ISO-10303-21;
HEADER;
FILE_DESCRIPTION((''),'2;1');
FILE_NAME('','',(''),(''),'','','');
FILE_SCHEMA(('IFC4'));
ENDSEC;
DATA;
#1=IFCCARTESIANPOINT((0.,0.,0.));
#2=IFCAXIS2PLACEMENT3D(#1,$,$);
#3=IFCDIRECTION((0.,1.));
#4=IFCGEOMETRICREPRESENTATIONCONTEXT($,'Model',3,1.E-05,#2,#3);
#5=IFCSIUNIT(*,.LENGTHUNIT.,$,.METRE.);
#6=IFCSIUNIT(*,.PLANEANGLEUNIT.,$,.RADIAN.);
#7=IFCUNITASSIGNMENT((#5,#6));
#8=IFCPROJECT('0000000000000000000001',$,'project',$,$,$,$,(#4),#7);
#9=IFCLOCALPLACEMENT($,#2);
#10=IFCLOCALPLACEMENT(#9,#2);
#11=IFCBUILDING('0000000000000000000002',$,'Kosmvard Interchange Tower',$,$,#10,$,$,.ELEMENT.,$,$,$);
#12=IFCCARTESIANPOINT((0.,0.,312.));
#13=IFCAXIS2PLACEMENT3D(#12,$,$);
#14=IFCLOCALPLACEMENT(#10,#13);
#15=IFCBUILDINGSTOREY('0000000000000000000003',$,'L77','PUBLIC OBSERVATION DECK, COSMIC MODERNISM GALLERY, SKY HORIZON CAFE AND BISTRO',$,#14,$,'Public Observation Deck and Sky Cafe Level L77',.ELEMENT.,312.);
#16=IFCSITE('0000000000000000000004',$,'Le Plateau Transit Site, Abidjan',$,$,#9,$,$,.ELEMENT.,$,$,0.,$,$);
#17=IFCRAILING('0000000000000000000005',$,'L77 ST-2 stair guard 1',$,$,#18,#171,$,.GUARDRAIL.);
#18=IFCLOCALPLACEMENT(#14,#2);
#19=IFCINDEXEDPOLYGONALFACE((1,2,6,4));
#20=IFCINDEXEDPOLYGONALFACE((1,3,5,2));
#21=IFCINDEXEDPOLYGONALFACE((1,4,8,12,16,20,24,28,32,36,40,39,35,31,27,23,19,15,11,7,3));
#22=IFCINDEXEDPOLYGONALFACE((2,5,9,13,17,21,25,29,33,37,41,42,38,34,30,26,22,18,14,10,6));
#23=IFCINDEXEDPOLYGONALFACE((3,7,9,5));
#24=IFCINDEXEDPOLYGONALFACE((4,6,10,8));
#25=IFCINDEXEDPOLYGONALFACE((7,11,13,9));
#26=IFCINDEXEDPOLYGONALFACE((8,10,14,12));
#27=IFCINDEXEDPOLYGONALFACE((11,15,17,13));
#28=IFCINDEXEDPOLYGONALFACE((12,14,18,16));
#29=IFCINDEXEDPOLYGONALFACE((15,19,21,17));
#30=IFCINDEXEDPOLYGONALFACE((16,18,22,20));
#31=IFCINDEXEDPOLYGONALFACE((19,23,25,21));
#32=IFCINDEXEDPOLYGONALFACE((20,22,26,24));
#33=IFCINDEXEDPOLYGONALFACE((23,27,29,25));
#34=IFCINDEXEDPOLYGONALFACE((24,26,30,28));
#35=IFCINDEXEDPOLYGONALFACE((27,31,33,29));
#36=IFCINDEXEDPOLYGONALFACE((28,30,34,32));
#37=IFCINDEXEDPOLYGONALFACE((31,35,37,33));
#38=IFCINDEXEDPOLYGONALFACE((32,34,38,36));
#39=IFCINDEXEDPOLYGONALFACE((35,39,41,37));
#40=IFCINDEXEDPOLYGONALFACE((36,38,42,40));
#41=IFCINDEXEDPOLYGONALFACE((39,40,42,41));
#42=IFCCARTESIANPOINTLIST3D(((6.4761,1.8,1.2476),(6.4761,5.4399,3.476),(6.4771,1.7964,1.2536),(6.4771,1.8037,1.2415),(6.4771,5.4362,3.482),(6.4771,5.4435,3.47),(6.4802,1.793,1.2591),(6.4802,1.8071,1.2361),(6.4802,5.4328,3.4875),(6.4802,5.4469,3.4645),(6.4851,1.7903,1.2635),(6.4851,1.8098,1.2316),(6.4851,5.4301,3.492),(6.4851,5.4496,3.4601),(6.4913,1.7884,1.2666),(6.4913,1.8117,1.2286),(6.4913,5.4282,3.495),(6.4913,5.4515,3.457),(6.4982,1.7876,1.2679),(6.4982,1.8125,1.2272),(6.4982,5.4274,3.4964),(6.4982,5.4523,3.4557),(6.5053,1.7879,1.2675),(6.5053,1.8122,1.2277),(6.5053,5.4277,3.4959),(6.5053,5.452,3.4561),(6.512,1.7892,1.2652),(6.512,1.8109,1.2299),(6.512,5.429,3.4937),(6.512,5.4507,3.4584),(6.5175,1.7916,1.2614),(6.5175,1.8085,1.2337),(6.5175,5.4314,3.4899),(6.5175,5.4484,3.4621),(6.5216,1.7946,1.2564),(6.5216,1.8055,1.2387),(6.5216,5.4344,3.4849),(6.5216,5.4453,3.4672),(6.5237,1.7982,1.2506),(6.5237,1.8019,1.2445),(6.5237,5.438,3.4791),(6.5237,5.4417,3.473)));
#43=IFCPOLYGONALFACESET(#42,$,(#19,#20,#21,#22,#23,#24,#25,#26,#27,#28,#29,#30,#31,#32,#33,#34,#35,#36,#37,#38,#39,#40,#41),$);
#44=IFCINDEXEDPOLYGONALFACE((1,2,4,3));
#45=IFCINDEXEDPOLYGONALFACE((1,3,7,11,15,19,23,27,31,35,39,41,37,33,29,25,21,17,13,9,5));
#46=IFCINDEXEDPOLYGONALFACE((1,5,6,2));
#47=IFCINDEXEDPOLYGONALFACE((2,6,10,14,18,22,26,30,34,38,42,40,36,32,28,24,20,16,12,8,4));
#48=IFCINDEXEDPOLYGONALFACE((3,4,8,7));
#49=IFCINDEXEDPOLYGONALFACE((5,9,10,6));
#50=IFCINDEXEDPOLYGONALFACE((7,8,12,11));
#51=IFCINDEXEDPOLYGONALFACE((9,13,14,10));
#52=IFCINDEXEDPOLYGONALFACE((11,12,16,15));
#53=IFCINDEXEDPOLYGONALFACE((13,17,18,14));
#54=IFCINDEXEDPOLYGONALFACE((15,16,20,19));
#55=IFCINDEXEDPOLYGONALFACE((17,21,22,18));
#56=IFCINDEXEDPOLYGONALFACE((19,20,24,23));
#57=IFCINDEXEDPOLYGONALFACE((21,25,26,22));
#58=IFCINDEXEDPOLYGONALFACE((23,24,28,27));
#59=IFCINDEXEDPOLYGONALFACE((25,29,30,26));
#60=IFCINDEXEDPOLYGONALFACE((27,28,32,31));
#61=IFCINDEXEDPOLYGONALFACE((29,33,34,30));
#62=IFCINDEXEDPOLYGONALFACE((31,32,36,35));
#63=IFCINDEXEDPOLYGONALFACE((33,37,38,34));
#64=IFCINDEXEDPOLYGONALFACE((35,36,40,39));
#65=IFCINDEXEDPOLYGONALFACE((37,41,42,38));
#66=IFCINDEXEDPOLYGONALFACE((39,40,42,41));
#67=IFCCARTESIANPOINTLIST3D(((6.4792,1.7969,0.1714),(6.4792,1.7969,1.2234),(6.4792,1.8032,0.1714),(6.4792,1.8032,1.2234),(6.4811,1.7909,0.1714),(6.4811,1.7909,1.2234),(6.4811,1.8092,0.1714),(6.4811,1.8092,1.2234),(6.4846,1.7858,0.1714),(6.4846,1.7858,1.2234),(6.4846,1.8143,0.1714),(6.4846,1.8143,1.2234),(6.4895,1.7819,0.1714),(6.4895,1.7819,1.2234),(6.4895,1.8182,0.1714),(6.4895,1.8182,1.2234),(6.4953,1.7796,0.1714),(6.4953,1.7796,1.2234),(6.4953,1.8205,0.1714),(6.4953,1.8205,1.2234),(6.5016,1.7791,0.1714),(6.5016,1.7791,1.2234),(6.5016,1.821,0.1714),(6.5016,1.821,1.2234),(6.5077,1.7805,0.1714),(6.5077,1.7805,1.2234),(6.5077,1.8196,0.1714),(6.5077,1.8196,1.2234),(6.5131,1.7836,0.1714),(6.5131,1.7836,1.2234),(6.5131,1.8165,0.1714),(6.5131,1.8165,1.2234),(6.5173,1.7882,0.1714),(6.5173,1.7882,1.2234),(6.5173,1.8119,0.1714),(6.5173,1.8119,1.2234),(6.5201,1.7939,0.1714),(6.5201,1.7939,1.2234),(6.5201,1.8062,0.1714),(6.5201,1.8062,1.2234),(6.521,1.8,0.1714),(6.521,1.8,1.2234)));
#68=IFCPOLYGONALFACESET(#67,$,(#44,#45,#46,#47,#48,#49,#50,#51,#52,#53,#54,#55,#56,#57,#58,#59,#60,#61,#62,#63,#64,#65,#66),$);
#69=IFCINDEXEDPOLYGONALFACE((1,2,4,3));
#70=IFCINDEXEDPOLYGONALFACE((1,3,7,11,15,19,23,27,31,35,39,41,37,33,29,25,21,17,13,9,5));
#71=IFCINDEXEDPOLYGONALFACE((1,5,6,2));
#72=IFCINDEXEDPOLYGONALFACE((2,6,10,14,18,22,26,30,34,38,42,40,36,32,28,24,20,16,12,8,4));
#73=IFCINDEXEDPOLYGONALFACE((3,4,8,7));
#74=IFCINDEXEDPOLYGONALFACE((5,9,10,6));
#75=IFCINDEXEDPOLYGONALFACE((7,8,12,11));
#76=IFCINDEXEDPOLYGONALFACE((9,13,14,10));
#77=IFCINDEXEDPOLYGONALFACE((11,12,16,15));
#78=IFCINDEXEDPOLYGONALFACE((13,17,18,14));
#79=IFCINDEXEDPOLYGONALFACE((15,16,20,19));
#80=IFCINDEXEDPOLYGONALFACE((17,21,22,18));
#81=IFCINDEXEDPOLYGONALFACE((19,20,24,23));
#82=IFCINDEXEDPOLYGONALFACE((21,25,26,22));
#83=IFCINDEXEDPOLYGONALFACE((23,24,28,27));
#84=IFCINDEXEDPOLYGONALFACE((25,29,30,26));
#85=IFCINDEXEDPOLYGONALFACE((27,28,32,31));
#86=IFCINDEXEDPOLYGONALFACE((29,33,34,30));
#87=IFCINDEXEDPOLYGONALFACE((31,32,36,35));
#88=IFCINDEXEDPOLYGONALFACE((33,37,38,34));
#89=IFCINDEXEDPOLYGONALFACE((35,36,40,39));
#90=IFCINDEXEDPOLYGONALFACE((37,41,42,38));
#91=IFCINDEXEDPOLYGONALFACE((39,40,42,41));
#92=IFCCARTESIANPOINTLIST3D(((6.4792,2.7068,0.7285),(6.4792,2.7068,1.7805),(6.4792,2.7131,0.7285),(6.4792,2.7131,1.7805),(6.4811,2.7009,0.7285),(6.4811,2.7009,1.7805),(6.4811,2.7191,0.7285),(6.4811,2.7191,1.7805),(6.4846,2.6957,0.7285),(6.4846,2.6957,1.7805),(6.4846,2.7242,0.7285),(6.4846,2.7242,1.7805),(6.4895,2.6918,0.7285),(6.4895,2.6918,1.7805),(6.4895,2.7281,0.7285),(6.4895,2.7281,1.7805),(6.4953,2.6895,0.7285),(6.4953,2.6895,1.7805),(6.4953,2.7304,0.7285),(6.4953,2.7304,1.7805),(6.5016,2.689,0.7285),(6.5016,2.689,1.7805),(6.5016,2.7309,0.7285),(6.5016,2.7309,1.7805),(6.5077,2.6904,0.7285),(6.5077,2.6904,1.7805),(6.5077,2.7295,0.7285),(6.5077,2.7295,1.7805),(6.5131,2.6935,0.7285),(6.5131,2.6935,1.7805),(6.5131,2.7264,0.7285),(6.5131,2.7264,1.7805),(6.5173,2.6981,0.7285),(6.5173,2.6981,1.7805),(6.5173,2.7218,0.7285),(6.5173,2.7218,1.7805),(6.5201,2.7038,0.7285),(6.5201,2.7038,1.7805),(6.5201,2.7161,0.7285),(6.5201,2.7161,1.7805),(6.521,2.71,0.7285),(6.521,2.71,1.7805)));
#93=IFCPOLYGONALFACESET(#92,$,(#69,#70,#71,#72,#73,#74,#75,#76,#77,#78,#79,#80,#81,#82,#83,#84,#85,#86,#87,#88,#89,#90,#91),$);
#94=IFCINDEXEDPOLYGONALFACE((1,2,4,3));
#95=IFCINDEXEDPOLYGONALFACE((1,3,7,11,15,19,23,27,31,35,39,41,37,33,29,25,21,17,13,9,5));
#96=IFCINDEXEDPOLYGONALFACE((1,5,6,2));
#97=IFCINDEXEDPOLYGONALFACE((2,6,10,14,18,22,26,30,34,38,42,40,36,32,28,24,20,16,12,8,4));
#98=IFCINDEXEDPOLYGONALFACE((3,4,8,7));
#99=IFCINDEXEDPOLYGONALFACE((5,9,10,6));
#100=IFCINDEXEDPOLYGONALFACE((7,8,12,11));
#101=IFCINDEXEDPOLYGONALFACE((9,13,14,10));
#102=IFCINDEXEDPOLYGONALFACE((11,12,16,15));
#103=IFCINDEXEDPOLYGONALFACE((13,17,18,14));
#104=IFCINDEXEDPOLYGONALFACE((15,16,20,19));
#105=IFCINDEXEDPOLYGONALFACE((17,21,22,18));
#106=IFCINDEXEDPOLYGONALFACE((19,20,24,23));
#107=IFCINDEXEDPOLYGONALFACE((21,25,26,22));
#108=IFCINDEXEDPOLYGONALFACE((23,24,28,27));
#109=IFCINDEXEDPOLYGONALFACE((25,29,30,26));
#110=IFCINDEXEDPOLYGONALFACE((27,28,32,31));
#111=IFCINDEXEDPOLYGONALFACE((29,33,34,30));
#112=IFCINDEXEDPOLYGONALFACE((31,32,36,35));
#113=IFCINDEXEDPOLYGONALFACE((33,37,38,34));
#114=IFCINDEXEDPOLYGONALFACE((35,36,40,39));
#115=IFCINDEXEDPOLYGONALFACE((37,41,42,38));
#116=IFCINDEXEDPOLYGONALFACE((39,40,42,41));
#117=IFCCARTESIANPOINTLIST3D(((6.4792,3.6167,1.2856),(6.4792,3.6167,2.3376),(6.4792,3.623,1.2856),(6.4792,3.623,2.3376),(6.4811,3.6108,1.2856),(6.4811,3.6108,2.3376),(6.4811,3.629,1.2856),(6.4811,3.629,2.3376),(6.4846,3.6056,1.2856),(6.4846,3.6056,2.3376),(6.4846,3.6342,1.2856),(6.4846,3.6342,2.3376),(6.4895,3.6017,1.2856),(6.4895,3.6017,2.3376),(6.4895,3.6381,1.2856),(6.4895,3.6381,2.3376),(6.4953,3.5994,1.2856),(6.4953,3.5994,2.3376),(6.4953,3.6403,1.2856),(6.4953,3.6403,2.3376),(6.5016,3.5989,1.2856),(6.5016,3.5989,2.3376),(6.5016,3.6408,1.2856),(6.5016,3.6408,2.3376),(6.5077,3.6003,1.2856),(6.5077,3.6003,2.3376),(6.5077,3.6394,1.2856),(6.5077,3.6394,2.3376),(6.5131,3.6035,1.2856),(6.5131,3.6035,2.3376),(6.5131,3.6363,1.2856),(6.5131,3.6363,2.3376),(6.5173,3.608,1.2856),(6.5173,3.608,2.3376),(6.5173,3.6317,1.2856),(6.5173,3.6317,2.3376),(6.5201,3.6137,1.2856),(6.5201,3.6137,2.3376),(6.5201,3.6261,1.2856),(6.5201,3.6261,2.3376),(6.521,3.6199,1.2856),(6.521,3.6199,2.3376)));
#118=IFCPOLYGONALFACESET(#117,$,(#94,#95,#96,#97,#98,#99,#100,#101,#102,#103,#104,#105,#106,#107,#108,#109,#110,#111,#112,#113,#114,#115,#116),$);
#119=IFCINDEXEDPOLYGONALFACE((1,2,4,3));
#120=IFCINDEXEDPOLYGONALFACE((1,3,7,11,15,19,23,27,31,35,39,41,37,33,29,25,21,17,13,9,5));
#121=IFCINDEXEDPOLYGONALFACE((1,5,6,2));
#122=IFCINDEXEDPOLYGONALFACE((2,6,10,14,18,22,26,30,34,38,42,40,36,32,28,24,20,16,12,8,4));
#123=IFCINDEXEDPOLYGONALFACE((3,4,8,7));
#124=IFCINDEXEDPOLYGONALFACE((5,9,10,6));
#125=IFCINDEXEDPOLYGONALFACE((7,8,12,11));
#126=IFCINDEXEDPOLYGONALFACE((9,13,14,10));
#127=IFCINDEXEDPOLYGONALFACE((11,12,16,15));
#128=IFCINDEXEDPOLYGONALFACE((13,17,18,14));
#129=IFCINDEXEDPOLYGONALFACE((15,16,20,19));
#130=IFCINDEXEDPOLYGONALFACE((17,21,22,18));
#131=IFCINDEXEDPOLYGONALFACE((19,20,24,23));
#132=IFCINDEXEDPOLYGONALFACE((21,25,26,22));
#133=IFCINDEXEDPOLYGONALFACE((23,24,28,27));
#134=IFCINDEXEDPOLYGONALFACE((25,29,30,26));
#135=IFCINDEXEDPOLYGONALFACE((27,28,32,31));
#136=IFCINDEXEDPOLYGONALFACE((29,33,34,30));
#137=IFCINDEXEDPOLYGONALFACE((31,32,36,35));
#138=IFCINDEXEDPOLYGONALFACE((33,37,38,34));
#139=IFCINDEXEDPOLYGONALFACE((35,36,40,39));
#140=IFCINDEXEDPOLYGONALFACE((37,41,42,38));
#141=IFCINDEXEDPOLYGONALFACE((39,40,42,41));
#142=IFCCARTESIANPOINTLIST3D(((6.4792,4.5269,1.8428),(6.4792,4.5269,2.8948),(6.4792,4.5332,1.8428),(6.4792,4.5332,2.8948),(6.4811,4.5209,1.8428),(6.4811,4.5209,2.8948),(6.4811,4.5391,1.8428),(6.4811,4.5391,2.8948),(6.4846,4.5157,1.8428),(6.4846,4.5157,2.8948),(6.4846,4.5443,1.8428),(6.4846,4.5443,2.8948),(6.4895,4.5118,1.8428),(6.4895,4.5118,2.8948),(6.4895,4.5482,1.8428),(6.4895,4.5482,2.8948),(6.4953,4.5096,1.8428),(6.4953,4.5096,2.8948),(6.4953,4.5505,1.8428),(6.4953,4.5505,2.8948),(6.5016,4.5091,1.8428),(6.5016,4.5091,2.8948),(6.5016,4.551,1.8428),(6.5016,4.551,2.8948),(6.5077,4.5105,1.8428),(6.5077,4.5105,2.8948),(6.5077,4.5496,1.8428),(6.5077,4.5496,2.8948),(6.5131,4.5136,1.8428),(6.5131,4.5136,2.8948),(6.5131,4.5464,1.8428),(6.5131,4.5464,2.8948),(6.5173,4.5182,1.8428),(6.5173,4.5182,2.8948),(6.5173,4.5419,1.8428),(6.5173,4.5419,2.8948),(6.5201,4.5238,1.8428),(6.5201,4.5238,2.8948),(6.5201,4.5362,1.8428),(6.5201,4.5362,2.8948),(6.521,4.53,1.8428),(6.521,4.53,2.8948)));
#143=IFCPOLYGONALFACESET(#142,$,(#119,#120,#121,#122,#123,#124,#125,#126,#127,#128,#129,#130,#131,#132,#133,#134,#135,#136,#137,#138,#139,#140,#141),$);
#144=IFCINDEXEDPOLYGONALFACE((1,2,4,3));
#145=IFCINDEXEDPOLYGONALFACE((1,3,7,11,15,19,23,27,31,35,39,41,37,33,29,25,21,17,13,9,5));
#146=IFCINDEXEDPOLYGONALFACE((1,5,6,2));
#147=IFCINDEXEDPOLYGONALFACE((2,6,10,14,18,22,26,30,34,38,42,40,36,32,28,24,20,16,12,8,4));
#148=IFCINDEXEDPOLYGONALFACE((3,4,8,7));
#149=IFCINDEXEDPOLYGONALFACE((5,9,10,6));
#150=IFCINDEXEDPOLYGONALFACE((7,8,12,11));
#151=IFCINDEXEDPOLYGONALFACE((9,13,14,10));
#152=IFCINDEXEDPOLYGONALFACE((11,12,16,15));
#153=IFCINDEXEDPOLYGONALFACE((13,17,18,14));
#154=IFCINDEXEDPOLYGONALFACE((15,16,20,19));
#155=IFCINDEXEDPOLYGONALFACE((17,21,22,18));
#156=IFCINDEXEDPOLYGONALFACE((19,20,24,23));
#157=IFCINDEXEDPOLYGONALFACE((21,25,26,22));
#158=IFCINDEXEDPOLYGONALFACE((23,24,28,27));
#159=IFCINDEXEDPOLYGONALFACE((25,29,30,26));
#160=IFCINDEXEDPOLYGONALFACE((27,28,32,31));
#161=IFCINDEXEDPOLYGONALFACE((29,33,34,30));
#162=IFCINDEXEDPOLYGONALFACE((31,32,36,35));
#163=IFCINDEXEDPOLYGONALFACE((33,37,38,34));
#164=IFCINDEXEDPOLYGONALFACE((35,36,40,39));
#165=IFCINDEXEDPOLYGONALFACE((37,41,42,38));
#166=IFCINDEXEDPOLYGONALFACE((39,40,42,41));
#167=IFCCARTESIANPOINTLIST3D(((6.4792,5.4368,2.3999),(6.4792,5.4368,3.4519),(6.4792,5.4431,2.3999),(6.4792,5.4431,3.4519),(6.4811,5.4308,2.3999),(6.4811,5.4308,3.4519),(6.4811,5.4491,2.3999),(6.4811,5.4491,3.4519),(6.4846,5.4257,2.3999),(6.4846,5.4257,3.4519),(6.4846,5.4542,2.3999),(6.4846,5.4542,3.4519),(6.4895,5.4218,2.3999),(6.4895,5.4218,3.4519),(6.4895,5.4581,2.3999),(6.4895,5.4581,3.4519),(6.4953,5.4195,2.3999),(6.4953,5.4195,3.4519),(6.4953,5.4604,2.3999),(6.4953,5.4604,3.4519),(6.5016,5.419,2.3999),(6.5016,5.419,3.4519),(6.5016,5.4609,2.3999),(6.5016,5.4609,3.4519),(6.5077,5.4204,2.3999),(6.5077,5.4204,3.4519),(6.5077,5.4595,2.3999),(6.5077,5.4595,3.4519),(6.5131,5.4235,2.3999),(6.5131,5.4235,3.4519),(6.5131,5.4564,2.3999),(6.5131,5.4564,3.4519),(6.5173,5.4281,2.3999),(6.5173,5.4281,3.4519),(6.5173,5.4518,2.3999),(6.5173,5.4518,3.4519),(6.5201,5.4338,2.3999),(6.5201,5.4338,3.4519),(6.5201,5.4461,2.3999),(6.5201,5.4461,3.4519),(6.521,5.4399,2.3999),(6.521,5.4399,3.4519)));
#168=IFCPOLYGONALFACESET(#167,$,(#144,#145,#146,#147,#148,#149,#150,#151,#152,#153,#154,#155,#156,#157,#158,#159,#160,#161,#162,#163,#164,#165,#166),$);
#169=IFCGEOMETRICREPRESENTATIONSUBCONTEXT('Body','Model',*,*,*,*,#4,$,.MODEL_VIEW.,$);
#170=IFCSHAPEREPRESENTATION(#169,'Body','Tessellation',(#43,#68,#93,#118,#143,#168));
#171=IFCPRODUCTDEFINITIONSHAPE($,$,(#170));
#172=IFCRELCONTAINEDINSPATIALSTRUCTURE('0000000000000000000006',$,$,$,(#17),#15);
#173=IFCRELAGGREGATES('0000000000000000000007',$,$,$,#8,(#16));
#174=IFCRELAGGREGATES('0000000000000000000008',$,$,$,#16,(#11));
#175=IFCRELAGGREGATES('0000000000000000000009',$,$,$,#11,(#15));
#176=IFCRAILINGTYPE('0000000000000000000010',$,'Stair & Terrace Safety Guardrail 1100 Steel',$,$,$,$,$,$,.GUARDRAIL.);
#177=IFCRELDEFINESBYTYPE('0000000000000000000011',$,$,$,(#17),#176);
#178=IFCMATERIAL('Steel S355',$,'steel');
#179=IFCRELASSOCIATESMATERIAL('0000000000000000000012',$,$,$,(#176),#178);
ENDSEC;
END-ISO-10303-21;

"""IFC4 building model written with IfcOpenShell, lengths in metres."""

from ifc_helpers import new_model, si_unit, direction, frame, origin, origin_2d, place, context, subcontext, project, spatial, circle, extrude, source, transform, mapped, material, type_object, element, save


model = new_model("IFC4")

# Units and contexts
model_context = context("Model", 3, precision=1e-05, world=origin(), true_north=direction((0.0, 1.0)))
body_context = subcontext(model_context, "Body", "Model", "MODEL_VIEW")
ifc_project = project(units=[si_unit("LENGTHUNIT", "METRE"), si_unit("PLANEANGLEUNIT", "RADIAN")], contexts=[model_context])

# Site, building, storey
site_placement = place(None, origin())
site = spatial("IfcSite", under=ifc_project, at=site_placement, Name="Le Plateau Transit Site, Abidjan", CompositionType="ELEMENT", RefElevation=0.0)
building_placement = place(site_placement, origin())
building = spatial("IfcBuilding", under=site, at=building_placement, Name="Kosmvard Interchange Tower", CompositionType="ELEMENT")
storey_placement = place(building_placement, frame((0.0, 0.0, 312.0)))
storey = spatial("IfcBuildingStorey", under=building, at=storey_placement, Name="L77", Description="PUBLIC OBSERVATION DECK, COSMIC MODERNISM GALLERY, SKY HORIZON CAFE AND BISTRO", LongName="Public Observation Deck and Sky Cafe Level L77", CompositionType="ELEMENT", Elevation=312.0)

# Shared definitions
ifc_material_1 = material(Name="Steel S355", Category="steel")

# Railing
railing_type_1 = type_object("IfcRailingType", Name="Stair & Terrace Safety Guardrail 1100 Steel", PredefinedType="GUARDRAIL", material=ifc_material_1)
shared_shape_1 = source(origin(), body_context, "Body", "SweptSolid", [
    extrude(circle(Radius=0.0239, at=origin_2d()), frame((0.0, 0.0, 1.0762), z_axis=(0.0, 0.85285, 0.522156), x_axis=(-1.0, 0.0, 0.0)), (0.0, 0.0, 1.0), 4.2678),
    extrude(circle(Radius=0.021, at=origin_2d()), origin(), (0.0, 0.0, 1.0), 1.052),
    extrude(circle(Radius=0.021, at=origin_2d()), frame((0.0, 0.9099, 0.5571)), (0.0, 0.0, 1.0), 1.052),
    extrude(circle(Radius=0.021, at=origin_2d()), frame((0.0, 1.8198, 1.1143)), (0.0, 0.0, 1.0), 1.052),
    extrude(circle(Radius=0.021, at=origin_2d()), frame((0.0, 2.73, 1.6714)), (0.0, 0.0, 1.0), 1.052),
    extrude(circle(Radius=0.021, at=origin_2d()), frame((0.0, 3.6399, 2.2285)), (0.0, 0.0, 1.0), 1.052),
])
railing_1_placement = place(storey_placement, frame((6.5, 1.8, 0.1714)))
element("IfcRailing", 1, at=railing_1_placement, inside=storey, type_object=railing_type_1, Name="L77 ST-2 stair guard 1", PredefinedType="GUARDRAIL", context=body_context, shape_type="MappedRepresentation", body=[
    mapped(shared_shape_1, transform((0.0, 0.0, 0.0), scale=1.0)),
])

save(model, "model.ifc")
